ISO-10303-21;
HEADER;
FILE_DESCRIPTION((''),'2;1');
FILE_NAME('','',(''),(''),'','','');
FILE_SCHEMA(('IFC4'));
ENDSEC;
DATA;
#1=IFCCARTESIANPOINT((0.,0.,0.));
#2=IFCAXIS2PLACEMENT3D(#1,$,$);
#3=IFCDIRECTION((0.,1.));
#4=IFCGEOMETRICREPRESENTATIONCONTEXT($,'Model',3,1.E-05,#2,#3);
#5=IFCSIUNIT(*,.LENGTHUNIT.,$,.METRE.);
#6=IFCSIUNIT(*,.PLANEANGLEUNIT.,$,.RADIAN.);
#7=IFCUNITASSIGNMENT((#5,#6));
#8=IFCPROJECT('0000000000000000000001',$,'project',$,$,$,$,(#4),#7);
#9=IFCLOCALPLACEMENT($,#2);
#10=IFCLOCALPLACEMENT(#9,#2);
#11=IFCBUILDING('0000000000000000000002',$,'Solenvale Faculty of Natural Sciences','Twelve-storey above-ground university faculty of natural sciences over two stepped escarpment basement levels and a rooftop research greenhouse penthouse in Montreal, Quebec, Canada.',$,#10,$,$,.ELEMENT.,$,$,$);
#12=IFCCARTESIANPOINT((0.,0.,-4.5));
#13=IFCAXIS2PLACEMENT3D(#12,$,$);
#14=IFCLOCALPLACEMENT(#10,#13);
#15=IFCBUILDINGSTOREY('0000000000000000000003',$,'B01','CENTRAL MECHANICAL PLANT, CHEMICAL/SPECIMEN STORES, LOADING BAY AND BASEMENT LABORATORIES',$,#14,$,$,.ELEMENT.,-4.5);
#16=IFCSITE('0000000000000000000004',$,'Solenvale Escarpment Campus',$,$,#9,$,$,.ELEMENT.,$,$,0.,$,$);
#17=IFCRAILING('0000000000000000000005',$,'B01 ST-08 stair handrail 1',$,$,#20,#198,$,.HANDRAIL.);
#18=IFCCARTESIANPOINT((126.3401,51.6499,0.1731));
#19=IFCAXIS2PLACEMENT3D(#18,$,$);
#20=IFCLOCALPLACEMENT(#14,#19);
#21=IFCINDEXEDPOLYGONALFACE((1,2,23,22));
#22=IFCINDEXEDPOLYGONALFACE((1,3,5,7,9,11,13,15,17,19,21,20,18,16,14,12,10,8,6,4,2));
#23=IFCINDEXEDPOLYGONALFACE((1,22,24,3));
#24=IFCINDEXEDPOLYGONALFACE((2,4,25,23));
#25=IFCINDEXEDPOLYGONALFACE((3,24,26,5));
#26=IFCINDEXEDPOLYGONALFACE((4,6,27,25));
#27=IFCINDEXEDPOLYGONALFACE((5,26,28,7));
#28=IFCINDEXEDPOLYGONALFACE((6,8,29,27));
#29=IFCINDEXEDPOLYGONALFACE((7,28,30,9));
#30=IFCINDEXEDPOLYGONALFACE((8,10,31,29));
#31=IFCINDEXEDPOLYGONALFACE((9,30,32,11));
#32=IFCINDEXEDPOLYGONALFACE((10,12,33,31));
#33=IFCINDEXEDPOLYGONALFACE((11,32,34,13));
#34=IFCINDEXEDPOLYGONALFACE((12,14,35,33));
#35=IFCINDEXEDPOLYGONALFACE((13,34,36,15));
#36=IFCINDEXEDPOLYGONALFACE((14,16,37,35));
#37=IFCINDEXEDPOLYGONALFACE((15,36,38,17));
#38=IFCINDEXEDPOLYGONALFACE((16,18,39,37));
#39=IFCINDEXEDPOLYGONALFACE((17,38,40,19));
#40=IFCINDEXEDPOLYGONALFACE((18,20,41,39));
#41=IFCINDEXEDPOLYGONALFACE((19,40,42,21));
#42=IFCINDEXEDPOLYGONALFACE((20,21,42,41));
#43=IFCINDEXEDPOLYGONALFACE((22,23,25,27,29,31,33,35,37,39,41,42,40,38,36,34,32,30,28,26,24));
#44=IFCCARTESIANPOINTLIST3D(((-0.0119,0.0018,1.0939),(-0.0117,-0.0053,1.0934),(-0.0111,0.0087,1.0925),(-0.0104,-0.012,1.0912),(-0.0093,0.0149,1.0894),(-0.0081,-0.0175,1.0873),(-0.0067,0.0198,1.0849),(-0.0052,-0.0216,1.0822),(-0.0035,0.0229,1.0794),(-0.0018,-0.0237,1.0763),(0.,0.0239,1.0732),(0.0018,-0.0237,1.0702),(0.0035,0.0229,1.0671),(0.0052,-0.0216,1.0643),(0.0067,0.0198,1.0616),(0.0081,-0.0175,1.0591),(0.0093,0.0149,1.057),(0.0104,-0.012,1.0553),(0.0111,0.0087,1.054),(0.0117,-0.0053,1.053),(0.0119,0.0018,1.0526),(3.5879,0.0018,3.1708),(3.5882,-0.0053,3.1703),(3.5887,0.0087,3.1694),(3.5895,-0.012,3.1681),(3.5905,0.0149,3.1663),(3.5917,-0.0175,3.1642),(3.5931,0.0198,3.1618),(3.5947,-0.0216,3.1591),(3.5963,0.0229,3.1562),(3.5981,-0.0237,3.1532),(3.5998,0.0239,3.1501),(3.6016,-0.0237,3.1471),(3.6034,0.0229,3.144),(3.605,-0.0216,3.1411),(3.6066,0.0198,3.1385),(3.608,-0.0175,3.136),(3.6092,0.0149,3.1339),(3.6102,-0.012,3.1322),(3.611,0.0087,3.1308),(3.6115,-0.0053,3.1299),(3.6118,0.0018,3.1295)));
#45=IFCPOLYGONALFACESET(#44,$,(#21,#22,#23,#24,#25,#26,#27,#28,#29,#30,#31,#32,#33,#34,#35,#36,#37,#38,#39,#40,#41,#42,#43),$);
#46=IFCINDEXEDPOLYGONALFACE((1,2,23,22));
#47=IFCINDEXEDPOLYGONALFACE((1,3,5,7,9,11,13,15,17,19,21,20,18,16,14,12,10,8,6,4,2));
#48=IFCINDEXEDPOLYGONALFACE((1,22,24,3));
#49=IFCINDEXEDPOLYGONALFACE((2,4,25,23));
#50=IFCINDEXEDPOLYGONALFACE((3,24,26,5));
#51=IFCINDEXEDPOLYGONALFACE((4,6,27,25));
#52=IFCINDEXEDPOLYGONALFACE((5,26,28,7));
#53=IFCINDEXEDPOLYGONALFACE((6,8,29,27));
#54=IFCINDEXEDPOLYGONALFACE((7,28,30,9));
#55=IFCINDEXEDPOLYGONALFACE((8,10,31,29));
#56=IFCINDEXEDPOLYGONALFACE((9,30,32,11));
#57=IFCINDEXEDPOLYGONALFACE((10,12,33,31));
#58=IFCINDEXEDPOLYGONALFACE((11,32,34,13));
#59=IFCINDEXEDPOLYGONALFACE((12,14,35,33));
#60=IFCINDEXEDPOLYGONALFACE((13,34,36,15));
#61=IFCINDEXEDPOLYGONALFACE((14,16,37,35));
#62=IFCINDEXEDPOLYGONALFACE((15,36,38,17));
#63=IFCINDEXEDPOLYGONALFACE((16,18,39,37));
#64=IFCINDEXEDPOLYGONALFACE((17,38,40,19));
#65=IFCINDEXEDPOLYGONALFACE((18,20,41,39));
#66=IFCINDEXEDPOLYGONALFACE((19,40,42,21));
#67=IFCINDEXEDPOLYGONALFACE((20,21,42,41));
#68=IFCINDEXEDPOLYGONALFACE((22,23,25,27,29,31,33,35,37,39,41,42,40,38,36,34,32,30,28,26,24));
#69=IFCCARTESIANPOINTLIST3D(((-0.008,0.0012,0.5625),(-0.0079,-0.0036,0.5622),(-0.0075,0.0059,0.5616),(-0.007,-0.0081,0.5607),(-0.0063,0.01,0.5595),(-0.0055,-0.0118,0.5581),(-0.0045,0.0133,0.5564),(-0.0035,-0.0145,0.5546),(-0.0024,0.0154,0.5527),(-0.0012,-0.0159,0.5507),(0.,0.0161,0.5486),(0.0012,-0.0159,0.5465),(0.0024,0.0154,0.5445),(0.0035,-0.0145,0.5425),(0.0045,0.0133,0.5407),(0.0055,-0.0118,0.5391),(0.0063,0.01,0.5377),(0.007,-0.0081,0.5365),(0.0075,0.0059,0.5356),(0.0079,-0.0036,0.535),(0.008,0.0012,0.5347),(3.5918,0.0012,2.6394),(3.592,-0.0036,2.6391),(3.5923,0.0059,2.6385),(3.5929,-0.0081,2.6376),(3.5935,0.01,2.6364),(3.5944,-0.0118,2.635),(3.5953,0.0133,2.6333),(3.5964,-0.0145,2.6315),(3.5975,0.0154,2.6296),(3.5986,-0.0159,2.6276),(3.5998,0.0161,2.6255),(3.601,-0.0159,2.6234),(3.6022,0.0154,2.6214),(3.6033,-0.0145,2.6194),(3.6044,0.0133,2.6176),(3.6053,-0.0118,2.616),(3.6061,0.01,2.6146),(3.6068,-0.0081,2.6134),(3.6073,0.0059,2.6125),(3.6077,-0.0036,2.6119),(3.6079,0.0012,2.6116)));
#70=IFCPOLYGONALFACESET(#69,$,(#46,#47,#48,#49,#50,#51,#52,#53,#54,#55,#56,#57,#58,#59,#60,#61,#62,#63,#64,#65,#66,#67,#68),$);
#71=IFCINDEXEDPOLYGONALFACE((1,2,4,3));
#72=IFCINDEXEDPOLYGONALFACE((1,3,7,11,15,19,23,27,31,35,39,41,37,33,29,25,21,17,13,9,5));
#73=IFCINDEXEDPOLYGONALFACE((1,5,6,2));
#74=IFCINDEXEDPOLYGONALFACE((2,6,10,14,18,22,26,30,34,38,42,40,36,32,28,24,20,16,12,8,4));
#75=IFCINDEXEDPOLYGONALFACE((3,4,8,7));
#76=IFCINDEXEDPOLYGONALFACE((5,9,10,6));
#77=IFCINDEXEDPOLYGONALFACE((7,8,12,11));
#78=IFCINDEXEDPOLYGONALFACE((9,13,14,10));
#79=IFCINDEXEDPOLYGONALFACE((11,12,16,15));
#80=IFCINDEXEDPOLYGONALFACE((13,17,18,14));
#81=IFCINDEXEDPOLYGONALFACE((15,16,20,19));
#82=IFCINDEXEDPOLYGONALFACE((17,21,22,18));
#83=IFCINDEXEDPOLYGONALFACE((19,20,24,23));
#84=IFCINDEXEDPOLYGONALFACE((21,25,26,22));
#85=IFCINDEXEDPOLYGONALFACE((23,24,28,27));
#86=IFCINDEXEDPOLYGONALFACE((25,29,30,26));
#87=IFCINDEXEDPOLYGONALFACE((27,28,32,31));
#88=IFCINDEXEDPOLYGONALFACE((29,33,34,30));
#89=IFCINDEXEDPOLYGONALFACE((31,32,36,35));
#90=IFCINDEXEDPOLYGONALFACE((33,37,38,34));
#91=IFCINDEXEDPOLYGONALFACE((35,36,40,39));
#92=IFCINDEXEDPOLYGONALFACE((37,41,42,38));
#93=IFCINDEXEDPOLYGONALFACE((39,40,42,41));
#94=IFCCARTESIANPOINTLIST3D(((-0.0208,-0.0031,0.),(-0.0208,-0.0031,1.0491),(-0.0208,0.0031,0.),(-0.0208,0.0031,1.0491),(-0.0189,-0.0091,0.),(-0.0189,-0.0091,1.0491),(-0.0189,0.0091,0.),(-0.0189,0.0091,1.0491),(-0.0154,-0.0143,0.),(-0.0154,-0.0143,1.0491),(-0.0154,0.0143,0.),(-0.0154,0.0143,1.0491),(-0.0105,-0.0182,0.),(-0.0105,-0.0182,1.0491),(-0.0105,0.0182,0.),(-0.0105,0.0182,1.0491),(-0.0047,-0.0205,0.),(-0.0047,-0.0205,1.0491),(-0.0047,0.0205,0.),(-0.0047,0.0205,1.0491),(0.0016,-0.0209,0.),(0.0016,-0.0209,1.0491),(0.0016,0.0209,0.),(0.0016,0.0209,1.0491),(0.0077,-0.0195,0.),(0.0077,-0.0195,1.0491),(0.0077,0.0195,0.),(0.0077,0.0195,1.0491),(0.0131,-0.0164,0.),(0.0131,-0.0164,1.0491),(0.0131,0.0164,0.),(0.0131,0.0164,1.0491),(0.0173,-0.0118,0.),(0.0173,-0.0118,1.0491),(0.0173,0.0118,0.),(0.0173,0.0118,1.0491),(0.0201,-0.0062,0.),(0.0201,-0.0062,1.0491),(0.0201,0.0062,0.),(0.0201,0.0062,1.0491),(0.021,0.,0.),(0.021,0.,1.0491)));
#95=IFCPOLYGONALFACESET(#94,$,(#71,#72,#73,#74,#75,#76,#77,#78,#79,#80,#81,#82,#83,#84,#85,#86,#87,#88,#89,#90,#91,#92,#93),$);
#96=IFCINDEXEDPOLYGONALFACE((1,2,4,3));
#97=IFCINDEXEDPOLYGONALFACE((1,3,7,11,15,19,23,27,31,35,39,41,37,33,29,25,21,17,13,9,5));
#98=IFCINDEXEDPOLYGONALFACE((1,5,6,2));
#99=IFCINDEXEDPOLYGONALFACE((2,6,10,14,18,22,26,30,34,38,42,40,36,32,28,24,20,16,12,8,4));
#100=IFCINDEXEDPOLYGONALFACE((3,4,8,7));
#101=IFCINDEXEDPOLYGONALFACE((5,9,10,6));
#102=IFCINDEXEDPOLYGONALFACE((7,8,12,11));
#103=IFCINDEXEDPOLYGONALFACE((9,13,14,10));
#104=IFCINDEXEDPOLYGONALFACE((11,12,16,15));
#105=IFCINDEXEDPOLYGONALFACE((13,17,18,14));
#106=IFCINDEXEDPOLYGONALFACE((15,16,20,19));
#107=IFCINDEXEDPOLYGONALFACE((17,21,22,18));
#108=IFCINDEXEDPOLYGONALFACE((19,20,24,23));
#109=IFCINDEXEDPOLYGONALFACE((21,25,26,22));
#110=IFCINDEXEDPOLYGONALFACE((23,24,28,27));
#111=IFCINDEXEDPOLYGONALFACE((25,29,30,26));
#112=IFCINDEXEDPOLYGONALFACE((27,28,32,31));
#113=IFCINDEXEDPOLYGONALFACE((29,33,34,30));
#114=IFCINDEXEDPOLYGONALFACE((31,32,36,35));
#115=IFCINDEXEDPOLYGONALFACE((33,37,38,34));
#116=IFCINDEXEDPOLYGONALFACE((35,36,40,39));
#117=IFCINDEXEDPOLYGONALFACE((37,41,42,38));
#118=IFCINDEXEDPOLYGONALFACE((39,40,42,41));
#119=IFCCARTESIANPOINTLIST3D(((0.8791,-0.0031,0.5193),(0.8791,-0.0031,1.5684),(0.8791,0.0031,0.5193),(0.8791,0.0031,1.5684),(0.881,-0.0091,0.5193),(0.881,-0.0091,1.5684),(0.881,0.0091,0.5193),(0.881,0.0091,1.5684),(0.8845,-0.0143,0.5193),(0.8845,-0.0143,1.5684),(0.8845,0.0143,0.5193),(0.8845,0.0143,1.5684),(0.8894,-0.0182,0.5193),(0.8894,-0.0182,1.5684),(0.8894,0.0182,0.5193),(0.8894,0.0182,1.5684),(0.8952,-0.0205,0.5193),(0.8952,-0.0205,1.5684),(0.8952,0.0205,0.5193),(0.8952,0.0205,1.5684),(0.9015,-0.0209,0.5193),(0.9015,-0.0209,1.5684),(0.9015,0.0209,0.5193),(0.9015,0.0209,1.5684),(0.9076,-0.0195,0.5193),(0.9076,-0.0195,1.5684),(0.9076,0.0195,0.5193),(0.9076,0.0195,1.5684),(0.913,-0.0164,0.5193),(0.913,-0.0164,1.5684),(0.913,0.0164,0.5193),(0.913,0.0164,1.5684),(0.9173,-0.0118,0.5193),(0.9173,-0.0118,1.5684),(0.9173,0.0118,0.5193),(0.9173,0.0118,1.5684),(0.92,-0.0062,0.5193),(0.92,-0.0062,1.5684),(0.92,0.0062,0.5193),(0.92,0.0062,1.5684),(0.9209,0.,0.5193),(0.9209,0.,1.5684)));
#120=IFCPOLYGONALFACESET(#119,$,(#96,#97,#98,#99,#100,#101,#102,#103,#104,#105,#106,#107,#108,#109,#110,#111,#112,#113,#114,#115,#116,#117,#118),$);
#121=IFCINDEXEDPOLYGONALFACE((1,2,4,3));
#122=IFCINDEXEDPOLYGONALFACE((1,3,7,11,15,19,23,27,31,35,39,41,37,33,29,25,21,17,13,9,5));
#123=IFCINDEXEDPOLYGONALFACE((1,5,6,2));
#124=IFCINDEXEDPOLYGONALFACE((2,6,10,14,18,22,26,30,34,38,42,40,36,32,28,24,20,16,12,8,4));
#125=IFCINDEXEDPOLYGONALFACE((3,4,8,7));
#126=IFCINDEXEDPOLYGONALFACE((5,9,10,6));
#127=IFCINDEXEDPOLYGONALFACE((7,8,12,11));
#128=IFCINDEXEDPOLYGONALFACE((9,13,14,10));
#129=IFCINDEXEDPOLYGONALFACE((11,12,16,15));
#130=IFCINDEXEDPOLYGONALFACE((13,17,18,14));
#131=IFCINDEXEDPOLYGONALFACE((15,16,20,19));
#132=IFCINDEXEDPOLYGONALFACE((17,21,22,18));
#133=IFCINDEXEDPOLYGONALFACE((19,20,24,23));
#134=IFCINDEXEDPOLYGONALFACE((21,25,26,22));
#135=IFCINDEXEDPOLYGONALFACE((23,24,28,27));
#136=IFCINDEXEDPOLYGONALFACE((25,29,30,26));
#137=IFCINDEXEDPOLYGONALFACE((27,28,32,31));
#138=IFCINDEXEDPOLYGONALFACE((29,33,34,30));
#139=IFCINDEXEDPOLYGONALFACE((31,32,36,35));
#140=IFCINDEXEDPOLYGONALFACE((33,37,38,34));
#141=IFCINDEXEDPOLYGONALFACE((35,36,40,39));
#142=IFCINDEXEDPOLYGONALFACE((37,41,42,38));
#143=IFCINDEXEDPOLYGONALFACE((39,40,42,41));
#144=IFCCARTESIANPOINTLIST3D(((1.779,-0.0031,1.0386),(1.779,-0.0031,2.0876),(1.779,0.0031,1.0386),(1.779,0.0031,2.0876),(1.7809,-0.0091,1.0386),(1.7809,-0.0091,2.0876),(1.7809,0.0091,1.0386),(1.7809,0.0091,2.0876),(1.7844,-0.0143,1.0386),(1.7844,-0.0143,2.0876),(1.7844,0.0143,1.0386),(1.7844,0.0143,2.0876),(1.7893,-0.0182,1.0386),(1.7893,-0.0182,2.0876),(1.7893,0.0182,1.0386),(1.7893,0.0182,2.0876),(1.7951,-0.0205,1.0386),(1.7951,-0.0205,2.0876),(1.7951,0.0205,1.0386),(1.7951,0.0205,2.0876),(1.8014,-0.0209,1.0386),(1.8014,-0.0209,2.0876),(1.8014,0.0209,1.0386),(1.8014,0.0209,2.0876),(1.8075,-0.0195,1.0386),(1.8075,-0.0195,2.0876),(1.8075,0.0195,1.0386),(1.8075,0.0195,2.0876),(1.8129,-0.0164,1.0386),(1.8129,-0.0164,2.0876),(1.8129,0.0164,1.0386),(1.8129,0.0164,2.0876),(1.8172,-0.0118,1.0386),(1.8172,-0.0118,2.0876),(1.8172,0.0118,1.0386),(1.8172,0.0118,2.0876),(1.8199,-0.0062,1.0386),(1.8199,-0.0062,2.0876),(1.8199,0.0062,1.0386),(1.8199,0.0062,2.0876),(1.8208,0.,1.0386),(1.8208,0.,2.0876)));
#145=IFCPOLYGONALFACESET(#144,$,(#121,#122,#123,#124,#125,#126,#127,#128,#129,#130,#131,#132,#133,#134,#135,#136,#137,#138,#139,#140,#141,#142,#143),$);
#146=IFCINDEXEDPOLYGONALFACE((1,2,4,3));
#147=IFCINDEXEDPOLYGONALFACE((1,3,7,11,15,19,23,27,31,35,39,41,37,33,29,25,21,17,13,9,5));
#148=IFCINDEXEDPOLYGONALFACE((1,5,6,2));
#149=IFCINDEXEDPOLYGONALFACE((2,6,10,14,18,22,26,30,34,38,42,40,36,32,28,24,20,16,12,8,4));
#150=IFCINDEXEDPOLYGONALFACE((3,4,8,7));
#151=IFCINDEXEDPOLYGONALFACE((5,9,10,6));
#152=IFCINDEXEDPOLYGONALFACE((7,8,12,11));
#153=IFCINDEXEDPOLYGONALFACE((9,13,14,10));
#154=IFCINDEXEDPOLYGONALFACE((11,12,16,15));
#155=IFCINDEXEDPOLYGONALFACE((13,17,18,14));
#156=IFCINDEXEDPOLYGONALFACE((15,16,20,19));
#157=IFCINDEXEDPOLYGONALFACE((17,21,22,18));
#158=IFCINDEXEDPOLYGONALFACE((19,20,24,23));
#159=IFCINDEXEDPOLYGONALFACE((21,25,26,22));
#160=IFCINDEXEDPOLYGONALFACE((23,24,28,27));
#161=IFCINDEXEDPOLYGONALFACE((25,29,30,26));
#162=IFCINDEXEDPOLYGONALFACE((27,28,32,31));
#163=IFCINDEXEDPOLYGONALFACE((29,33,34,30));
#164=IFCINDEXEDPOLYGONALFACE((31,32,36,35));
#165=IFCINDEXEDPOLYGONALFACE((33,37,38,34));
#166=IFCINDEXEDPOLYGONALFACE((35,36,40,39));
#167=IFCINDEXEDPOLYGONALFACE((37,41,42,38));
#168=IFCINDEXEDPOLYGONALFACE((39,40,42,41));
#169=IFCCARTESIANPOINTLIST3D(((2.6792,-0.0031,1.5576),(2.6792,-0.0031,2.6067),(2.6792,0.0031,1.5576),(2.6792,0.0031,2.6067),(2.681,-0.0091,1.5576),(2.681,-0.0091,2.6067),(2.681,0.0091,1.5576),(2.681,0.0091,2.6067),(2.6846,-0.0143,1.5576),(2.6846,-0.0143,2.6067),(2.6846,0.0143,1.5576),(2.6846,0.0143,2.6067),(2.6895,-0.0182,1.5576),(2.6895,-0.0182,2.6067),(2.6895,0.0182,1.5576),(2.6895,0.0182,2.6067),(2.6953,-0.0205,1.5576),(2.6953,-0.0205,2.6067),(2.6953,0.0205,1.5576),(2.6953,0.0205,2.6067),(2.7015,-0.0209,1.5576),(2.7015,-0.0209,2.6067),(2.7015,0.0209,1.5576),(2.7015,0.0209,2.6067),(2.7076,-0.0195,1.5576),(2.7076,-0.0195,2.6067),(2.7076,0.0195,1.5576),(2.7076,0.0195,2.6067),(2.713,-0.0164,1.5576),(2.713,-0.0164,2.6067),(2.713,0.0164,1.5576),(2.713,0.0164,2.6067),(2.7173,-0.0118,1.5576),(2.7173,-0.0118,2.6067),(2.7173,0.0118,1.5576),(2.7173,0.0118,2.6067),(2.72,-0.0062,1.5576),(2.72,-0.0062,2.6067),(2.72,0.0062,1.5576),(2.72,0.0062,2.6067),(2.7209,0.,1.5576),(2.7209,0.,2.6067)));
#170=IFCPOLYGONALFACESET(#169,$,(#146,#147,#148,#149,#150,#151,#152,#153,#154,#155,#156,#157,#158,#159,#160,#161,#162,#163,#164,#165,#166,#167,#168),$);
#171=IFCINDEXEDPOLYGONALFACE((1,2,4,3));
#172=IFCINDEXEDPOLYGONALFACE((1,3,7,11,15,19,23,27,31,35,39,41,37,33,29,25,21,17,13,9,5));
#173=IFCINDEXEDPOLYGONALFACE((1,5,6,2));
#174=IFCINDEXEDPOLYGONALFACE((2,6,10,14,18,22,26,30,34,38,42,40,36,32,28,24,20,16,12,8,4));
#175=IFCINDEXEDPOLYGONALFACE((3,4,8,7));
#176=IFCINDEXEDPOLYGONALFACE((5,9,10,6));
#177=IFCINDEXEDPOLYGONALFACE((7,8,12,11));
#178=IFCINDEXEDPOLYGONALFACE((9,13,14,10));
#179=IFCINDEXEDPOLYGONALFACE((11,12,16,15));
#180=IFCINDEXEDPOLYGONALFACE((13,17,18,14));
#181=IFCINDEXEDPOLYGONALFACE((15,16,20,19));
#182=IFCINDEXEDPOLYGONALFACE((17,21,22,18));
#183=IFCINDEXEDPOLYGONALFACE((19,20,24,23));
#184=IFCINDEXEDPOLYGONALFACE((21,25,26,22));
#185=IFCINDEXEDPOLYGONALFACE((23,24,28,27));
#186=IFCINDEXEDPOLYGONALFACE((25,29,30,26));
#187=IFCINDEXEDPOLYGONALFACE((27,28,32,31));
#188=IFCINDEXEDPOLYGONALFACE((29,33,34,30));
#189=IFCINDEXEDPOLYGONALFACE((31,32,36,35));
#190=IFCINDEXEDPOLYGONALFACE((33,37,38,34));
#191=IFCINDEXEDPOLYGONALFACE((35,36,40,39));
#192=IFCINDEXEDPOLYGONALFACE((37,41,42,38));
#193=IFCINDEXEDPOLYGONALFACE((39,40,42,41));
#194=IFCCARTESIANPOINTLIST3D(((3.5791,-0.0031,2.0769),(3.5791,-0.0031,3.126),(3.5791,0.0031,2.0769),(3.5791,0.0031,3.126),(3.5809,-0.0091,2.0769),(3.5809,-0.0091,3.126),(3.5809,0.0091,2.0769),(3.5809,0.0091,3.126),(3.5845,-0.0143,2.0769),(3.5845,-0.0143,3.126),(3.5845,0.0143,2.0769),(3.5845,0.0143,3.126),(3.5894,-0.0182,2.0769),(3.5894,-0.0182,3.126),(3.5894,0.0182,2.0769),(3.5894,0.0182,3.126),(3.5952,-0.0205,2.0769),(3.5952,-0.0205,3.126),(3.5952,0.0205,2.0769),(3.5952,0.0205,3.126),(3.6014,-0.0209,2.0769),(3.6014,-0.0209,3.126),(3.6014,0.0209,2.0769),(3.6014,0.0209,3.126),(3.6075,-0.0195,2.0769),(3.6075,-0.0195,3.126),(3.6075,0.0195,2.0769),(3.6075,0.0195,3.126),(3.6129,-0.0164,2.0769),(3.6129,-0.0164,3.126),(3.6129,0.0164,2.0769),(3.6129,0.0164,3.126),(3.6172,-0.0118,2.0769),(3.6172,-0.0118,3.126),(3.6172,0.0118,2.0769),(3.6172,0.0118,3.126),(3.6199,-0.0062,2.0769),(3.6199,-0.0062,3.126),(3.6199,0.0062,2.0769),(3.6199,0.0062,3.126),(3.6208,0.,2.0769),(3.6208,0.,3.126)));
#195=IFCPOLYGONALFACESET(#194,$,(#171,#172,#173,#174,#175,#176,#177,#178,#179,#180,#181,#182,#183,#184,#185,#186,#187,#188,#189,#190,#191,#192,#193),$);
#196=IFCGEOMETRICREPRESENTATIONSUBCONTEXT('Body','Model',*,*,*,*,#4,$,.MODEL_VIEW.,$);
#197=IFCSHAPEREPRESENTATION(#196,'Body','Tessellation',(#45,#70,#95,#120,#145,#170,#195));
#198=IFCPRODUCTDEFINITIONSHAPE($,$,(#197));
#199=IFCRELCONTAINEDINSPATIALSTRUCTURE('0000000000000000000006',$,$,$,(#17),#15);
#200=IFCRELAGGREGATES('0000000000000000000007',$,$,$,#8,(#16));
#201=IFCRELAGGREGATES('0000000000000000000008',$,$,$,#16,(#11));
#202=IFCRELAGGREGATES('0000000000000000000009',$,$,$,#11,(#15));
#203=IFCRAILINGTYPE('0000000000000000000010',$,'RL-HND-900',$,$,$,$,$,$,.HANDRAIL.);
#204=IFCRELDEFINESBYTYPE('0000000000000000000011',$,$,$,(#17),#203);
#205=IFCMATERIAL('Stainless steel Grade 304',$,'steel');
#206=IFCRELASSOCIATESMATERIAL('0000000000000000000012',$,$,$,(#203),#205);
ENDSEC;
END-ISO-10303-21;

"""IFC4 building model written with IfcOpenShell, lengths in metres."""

from ifc_helpers import new_model, si_unit, direction, frame, origin, origin_2d, place, context, subcontext, project, spatial, circle, extrude, material, type_object, element, save


model = new_model("IFC4")

# Units and contexts
model_context = context("Model", 3, precision=1e-05, world=origin(), true_north=direction((0.0, 1.0)))
body_context = subcontext(model_context, "Body", "Model", "MODEL_VIEW")
ifc_project = project(units=[si_unit("LENGTHUNIT", "METRE"), si_unit("PLANEANGLEUNIT", "RADIAN")], contexts=[model_context])

# Site, building, storey
site_placement = place(None, origin())
site = spatial("IfcSite", under=ifc_project, at=site_placement, Name="Solenvale Escarpment Campus", CompositionType="ELEMENT", RefElevation=0.0)
building_placement = place(site_placement, origin())
building = spatial("IfcBuilding", under=site, at=building_placement, Name="Solenvale Faculty of Natural Sciences", Description="Twelve-storey above-ground university faculty of natural sciences over two stepped escarpment basement levels and a rooftop research greenhouse penthouse in Montreal, Quebec, Canada.", CompositionType="ELEMENT")
storey_placement = place(building_placement, frame((0.0, 0.0, -4.5)))
storey = spatial("IfcBuildingStorey", under=building, at=storey_placement, Name="B01", Description="CENTRAL MECHANICAL PLANT, CHEMICAL/SPECIMEN STORES, LOADING BAY AND BASEMENT LABORATORIES", CompositionType="ELEMENT", Elevation=-4.5)

# Railing
ifc_material_1 = material(Name="Stainless steel Grade 304", Category="steel")
railing_type_1 = type_object("IfcRailingType", Name="RL-HND-900", PredefinedType="HANDRAIL", material=ifc_material_1)
railing_1_placement = place(storey_placement, frame((126.3401, 51.6499, 0.1731)))
element("IfcRailing", 1, at=railing_1_placement, inside=storey, type_object=railing_type_1, Name="B01 ST-08 stair handrail 1", PredefinedType="HANDRAIL", context=body_context, shape_type="SweptSolid", body=[
    extrude(circle(Radius=0.0239, at=origin_2d()), frame((0.0, 0.0, 1.0732), z_axis=(0.866179, 0.0, 0.499734), x_axis=(0.0, 1.0, 0.0)), (0.0, 0.0, 1.0), 4.156),
    extrude(circle(Radius=0.0161, at=origin_2d()), frame((0.0, 0.0, 0.5486), z_axis=(0.866179, 0.0, 0.499734), x_axis=(0.0, 1.0, 0.0)), (0.0, 0.0, 1.0), 4.156),
    extrude(circle(Radius=0.021, at=origin_2d()), origin(), (0.0, 0.0, 1.0), 1.0491),
    extrude(circle(Radius=0.021, at=origin_2d()), frame((0.8999, 0.0, 0.5193)), (0.0, 0.0, 1.0), 1.0491),
    extrude(circle(Radius=0.021, at=origin_2d()), frame((1.7998, 0.0, 1.0386)), (0.0, 0.0, 1.0), 1.0491),
    extrude(circle(Radius=0.021, at=origin_2d()), frame((2.7, 0.0, 1.5576)), (0.0, 0.0, 1.0), 1.0491),
    extrude(circle(Radius=0.021, at=origin_2d()), frame((3.5999, 0.0, 2.0769)), (0.0, 0.0, 1.0), 1.0491),
])

save(model, "model.ifc")
